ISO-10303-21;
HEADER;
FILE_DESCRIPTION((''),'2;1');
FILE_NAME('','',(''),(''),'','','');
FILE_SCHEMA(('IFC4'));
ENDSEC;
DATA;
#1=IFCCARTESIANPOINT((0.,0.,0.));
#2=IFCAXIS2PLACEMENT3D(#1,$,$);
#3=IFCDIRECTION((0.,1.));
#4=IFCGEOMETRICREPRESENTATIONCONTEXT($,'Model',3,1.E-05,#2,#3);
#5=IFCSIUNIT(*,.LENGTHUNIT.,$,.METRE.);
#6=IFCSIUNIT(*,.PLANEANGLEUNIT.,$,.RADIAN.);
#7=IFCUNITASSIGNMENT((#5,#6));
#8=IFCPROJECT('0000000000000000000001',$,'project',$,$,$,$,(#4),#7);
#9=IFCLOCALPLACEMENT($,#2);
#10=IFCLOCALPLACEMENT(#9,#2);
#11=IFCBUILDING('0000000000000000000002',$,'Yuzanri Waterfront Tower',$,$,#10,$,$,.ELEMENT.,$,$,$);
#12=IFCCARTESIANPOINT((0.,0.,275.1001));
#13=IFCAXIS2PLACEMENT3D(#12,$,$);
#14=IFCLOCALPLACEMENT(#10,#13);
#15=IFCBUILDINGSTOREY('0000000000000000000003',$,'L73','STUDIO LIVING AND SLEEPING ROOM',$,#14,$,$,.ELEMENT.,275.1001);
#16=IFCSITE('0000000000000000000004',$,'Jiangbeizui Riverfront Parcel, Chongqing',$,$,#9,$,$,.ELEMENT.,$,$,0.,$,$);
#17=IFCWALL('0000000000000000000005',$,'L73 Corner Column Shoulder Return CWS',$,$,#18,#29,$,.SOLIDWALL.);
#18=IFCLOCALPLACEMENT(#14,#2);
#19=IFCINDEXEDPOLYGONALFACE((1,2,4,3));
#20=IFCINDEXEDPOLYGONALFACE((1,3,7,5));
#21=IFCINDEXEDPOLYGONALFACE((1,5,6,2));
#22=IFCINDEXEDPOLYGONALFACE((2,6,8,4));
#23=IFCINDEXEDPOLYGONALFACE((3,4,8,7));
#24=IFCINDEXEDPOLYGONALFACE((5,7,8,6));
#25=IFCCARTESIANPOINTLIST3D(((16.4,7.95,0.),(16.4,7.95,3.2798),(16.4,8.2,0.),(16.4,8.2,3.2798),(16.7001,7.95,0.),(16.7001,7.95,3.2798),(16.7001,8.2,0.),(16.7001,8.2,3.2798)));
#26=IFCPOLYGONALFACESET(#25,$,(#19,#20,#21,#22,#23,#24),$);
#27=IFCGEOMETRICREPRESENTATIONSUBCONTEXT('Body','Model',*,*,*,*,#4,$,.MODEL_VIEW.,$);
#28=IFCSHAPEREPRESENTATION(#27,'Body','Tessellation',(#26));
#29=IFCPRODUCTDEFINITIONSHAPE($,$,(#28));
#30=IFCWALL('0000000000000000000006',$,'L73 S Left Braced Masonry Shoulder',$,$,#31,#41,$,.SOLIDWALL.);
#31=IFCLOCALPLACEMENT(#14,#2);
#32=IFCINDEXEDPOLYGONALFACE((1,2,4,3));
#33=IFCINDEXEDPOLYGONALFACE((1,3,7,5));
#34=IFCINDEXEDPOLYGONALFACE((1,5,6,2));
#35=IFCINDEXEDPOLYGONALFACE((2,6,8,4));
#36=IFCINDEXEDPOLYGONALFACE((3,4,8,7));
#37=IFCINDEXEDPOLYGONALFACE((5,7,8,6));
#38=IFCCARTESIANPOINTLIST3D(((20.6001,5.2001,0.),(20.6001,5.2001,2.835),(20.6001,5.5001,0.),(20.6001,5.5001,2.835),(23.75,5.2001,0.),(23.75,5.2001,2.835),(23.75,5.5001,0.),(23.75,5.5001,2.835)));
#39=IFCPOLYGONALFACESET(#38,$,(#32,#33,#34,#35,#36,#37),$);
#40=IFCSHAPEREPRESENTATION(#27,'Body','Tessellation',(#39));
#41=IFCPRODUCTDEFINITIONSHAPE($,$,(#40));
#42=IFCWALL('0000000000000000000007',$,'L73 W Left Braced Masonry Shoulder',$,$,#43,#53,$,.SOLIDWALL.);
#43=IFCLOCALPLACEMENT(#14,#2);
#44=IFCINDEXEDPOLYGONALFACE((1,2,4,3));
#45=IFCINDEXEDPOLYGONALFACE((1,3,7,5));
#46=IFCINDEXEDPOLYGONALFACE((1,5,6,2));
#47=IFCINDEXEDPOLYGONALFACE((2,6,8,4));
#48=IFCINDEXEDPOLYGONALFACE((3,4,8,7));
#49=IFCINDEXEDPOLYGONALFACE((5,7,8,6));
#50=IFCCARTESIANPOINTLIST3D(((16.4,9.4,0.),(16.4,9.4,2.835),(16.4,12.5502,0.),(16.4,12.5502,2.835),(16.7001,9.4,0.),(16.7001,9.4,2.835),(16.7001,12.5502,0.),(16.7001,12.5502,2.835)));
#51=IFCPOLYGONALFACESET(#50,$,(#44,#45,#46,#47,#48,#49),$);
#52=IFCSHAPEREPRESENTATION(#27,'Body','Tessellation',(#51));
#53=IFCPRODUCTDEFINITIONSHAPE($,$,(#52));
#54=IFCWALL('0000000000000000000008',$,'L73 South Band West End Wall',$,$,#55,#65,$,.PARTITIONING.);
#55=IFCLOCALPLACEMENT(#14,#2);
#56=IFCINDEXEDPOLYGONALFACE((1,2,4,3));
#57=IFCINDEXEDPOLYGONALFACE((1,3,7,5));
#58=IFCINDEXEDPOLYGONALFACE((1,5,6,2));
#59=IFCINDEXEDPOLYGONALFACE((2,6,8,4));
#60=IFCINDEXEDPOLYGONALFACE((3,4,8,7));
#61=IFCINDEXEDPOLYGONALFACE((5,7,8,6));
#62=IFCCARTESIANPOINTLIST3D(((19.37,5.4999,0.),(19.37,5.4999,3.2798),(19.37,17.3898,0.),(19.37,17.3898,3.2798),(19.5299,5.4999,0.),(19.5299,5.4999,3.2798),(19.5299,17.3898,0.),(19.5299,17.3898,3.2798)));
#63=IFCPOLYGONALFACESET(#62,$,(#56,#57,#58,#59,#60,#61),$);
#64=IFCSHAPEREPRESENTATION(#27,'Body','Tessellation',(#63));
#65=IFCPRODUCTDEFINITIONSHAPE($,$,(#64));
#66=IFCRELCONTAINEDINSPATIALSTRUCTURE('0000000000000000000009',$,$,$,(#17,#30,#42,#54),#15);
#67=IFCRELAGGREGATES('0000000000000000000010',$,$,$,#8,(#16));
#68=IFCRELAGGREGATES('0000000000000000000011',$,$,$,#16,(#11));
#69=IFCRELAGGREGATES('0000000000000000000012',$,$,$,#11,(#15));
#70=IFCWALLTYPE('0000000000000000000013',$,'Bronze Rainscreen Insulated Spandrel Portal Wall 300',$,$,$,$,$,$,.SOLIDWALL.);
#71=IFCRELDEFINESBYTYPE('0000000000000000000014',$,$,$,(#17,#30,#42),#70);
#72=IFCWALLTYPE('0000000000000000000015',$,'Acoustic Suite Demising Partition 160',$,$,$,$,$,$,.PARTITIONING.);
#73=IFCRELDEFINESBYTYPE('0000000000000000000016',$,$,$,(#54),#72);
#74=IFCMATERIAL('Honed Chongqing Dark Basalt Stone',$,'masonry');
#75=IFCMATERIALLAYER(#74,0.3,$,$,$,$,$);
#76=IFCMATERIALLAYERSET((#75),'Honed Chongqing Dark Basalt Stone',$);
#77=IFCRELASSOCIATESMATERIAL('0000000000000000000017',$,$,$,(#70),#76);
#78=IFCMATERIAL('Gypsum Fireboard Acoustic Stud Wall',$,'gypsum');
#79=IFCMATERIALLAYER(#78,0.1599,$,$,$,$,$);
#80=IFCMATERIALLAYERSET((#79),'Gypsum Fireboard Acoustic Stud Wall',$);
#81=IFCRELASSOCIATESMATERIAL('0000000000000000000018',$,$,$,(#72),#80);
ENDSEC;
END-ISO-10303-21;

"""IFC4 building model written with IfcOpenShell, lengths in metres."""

from ifc_helpers import new_model, si_unit, direction, frame, frame_2d, origin, place, context, subcontext, project, spatial, rectangle, extrude, source, transform, mapped, material, layer, layer_set, type_object, element, save


model = new_model("IFC4")

# Units and contexts
model_context = context("Model", 3, precision=1e-05, world=origin(), true_north=direction((0.0, 1.0)))
body_context = subcontext(model_context, "Body", "Model", "MODEL_VIEW")
ifc_project = project(units=[si_unit("LENGTHUNIT", "METRE"), si_unit("PLANEANGLEUNIT", "RADIAN")], contexts=[model_context])

# Site, building, storey
site_placement = place(None, origin())
site = spatial("IfcSite", under=ifc_project, at=site_placement, Name="Jiangbeizui Riverfront Parcel, Chongqing", CompositionType="ELEMENT", RefElevation=0.0)
building_placement = place(site_placement, origin())
building = spatial("IfcBuilding", under=site, at=building_placement, Name="Yuzanri Waterfront Tower", CompositionType="ELEMENT")
storey_placement = place(building_placement, frame((0.0, 0.0, 275.1001)))
storey = spatial("IfcBuildingStorey", under=building, at=storey_placement, Name="L73", Description="STUDIO LIVING AND SLEEPING ROOM", CompositionType="ELEMENT", Elevation=275.1001)

# Shared definitions
ifc_material_1 = material(Name="Honed Chongqing Dark Basalt Stone", Category="masonry")
ifc_layer_1 = layer(ifc_material_1, 0.3)
ifc_layer_set_1 = layer_set([ifc_layer_1], Name="Honed Chongqing Dark Basalt Stone")
wall_type_1 = type_object("IfcWallType", Name="Bronze Rainscreen Insulated Spandrel Portal Wall 300", PredefinedType="SOLIDWALL", material=ifc_layer_set_1)

# Walls
shared_shape_1 = source(origin(), body_context, "Body", "SweptSolid", [
    extrude(rectangle(XDim=0.25, YDim=0.3, at=frame_2d((0.125, 0.0))), origin(), (0.0, 0.0, 1.0), 3.2798),
])
for number, where, z_axis, x_axis, name in (
    (1, (16.55, 7.95, 0.0), (0.0, 0.0, 1.0), (0.0, 1.0, 0.0), "L73 Corner Column Shoulder Return CWS"),
):
    element("IfcWall", number, at=place(storey_placement, frame(where, z_axis=z_axis, x_axis=x_axis)), inside=storey, type_object=wall_type_1, Name=name, PredefinedType="SOLIDWALL", context=body_context, shape_type="MappedRepresentation", body=[
        mapped(shared_shape_1, transform((0.0, 0.0, 0.0), scale=1.0)),
    ])
shared_shape_2 = source(origin(), body_context, "Body", "SweptSolid", [
    extrude(rectangle(XDim=3.1499, YDim=0.3, at=frame_2d((1.575, 0.0))), origin(), (0.0, 0.0, 1.0), 2.835),
])
wall_1_placement = place(storey_placement, frame((20.6001, 5.3501, 0.0), z_axis=(0.0, 0.0, 1.0), x_axis=(1.0, 0.0, 0.0)))
element("IfcWall", 2, at=wall_1_placement, inside=storey, type_object=wall_type_1, Name="L73 S Left Braced Masonry Shoulder", PredefinedType="SOLIDWALL", context=body_context, shape_type="MappedRepresentation", body=[
    mapped(shared_shape_2, transform((0.0, 0.0, 0.0), scale=1.0)),
])
shared_shape_3 = source(origin(), body_context, "Body", "SweptSolid", [
    extrude(rectangle(XDim=3.1501, YDim=0.3, at=frame_2d((1.5752, 0.0))), origin(), (0.0, 0.0, 1.0), 2.835),
])
wall_2_placement = place(storey_placement, frame((16.55, 9.3999, 0.0), z_axis=(0.0, 0.0, 1.0), x_axis=(0.0, 1.0, 0.0)))
element("IfcWall", 3, at=wall_2_placement, inside=storey, type_object=wall_type_1, Name="L73 W Left Braced Masonry Shoulder", PredefinedType="SOLIDWALL", context=body_context, shape_type="MappedRepresentation", body=[
    mapped(shared_shape_3, transform((0.0, 0.0, 0.0), scale=1.0)),
])
ifc_material_2 = material(Name="Gypsum Fireboard Acoustic Stud Wall", Category="gypsum")
ifc_layer_2 = layer(ifc_material_2, 0.1599)
ifc_layer_set_2 = layer_set([ifc_layer_2], Name="Gypsum Fireboard Acoustic Stud Wall")
wall_type_2 = type_object("IfcWallType", Name="Acoustic Suite Demising Partition 160", PredefinedType="PARTITIONING", material=ifc_layer_set_2)
shared_shape_4 = source(origin(), body_context, "Body", "SweptSolid", [
    extrude(rectangle(XDim=11.8899, YDim=0.1599, at=frame_2d((5.9448, 0.0))), origin(), (0.0, 0.0, 1.0), 3.2798),
])
wall_3_placement = place(storey_placement, frame((19.45, 5.5, 0.0), z_axis=(0.0, 0.0, 1.0), x_axis=(0.0, 1.0, 0.0)))
element("IfcWall", 4, at=wall_3_placement, inside=storey, type_object=wall_type_2, Name="L73 South Band West End Wall", PredefinedType="PARTITIONING", context=body_context, shape_type="MappedRepresentation", body=[
    mapped(shared_shape_4, transform((0.0, 0.0, 0.0), scale=1.0)),
])

save(model, "model.ifc")
